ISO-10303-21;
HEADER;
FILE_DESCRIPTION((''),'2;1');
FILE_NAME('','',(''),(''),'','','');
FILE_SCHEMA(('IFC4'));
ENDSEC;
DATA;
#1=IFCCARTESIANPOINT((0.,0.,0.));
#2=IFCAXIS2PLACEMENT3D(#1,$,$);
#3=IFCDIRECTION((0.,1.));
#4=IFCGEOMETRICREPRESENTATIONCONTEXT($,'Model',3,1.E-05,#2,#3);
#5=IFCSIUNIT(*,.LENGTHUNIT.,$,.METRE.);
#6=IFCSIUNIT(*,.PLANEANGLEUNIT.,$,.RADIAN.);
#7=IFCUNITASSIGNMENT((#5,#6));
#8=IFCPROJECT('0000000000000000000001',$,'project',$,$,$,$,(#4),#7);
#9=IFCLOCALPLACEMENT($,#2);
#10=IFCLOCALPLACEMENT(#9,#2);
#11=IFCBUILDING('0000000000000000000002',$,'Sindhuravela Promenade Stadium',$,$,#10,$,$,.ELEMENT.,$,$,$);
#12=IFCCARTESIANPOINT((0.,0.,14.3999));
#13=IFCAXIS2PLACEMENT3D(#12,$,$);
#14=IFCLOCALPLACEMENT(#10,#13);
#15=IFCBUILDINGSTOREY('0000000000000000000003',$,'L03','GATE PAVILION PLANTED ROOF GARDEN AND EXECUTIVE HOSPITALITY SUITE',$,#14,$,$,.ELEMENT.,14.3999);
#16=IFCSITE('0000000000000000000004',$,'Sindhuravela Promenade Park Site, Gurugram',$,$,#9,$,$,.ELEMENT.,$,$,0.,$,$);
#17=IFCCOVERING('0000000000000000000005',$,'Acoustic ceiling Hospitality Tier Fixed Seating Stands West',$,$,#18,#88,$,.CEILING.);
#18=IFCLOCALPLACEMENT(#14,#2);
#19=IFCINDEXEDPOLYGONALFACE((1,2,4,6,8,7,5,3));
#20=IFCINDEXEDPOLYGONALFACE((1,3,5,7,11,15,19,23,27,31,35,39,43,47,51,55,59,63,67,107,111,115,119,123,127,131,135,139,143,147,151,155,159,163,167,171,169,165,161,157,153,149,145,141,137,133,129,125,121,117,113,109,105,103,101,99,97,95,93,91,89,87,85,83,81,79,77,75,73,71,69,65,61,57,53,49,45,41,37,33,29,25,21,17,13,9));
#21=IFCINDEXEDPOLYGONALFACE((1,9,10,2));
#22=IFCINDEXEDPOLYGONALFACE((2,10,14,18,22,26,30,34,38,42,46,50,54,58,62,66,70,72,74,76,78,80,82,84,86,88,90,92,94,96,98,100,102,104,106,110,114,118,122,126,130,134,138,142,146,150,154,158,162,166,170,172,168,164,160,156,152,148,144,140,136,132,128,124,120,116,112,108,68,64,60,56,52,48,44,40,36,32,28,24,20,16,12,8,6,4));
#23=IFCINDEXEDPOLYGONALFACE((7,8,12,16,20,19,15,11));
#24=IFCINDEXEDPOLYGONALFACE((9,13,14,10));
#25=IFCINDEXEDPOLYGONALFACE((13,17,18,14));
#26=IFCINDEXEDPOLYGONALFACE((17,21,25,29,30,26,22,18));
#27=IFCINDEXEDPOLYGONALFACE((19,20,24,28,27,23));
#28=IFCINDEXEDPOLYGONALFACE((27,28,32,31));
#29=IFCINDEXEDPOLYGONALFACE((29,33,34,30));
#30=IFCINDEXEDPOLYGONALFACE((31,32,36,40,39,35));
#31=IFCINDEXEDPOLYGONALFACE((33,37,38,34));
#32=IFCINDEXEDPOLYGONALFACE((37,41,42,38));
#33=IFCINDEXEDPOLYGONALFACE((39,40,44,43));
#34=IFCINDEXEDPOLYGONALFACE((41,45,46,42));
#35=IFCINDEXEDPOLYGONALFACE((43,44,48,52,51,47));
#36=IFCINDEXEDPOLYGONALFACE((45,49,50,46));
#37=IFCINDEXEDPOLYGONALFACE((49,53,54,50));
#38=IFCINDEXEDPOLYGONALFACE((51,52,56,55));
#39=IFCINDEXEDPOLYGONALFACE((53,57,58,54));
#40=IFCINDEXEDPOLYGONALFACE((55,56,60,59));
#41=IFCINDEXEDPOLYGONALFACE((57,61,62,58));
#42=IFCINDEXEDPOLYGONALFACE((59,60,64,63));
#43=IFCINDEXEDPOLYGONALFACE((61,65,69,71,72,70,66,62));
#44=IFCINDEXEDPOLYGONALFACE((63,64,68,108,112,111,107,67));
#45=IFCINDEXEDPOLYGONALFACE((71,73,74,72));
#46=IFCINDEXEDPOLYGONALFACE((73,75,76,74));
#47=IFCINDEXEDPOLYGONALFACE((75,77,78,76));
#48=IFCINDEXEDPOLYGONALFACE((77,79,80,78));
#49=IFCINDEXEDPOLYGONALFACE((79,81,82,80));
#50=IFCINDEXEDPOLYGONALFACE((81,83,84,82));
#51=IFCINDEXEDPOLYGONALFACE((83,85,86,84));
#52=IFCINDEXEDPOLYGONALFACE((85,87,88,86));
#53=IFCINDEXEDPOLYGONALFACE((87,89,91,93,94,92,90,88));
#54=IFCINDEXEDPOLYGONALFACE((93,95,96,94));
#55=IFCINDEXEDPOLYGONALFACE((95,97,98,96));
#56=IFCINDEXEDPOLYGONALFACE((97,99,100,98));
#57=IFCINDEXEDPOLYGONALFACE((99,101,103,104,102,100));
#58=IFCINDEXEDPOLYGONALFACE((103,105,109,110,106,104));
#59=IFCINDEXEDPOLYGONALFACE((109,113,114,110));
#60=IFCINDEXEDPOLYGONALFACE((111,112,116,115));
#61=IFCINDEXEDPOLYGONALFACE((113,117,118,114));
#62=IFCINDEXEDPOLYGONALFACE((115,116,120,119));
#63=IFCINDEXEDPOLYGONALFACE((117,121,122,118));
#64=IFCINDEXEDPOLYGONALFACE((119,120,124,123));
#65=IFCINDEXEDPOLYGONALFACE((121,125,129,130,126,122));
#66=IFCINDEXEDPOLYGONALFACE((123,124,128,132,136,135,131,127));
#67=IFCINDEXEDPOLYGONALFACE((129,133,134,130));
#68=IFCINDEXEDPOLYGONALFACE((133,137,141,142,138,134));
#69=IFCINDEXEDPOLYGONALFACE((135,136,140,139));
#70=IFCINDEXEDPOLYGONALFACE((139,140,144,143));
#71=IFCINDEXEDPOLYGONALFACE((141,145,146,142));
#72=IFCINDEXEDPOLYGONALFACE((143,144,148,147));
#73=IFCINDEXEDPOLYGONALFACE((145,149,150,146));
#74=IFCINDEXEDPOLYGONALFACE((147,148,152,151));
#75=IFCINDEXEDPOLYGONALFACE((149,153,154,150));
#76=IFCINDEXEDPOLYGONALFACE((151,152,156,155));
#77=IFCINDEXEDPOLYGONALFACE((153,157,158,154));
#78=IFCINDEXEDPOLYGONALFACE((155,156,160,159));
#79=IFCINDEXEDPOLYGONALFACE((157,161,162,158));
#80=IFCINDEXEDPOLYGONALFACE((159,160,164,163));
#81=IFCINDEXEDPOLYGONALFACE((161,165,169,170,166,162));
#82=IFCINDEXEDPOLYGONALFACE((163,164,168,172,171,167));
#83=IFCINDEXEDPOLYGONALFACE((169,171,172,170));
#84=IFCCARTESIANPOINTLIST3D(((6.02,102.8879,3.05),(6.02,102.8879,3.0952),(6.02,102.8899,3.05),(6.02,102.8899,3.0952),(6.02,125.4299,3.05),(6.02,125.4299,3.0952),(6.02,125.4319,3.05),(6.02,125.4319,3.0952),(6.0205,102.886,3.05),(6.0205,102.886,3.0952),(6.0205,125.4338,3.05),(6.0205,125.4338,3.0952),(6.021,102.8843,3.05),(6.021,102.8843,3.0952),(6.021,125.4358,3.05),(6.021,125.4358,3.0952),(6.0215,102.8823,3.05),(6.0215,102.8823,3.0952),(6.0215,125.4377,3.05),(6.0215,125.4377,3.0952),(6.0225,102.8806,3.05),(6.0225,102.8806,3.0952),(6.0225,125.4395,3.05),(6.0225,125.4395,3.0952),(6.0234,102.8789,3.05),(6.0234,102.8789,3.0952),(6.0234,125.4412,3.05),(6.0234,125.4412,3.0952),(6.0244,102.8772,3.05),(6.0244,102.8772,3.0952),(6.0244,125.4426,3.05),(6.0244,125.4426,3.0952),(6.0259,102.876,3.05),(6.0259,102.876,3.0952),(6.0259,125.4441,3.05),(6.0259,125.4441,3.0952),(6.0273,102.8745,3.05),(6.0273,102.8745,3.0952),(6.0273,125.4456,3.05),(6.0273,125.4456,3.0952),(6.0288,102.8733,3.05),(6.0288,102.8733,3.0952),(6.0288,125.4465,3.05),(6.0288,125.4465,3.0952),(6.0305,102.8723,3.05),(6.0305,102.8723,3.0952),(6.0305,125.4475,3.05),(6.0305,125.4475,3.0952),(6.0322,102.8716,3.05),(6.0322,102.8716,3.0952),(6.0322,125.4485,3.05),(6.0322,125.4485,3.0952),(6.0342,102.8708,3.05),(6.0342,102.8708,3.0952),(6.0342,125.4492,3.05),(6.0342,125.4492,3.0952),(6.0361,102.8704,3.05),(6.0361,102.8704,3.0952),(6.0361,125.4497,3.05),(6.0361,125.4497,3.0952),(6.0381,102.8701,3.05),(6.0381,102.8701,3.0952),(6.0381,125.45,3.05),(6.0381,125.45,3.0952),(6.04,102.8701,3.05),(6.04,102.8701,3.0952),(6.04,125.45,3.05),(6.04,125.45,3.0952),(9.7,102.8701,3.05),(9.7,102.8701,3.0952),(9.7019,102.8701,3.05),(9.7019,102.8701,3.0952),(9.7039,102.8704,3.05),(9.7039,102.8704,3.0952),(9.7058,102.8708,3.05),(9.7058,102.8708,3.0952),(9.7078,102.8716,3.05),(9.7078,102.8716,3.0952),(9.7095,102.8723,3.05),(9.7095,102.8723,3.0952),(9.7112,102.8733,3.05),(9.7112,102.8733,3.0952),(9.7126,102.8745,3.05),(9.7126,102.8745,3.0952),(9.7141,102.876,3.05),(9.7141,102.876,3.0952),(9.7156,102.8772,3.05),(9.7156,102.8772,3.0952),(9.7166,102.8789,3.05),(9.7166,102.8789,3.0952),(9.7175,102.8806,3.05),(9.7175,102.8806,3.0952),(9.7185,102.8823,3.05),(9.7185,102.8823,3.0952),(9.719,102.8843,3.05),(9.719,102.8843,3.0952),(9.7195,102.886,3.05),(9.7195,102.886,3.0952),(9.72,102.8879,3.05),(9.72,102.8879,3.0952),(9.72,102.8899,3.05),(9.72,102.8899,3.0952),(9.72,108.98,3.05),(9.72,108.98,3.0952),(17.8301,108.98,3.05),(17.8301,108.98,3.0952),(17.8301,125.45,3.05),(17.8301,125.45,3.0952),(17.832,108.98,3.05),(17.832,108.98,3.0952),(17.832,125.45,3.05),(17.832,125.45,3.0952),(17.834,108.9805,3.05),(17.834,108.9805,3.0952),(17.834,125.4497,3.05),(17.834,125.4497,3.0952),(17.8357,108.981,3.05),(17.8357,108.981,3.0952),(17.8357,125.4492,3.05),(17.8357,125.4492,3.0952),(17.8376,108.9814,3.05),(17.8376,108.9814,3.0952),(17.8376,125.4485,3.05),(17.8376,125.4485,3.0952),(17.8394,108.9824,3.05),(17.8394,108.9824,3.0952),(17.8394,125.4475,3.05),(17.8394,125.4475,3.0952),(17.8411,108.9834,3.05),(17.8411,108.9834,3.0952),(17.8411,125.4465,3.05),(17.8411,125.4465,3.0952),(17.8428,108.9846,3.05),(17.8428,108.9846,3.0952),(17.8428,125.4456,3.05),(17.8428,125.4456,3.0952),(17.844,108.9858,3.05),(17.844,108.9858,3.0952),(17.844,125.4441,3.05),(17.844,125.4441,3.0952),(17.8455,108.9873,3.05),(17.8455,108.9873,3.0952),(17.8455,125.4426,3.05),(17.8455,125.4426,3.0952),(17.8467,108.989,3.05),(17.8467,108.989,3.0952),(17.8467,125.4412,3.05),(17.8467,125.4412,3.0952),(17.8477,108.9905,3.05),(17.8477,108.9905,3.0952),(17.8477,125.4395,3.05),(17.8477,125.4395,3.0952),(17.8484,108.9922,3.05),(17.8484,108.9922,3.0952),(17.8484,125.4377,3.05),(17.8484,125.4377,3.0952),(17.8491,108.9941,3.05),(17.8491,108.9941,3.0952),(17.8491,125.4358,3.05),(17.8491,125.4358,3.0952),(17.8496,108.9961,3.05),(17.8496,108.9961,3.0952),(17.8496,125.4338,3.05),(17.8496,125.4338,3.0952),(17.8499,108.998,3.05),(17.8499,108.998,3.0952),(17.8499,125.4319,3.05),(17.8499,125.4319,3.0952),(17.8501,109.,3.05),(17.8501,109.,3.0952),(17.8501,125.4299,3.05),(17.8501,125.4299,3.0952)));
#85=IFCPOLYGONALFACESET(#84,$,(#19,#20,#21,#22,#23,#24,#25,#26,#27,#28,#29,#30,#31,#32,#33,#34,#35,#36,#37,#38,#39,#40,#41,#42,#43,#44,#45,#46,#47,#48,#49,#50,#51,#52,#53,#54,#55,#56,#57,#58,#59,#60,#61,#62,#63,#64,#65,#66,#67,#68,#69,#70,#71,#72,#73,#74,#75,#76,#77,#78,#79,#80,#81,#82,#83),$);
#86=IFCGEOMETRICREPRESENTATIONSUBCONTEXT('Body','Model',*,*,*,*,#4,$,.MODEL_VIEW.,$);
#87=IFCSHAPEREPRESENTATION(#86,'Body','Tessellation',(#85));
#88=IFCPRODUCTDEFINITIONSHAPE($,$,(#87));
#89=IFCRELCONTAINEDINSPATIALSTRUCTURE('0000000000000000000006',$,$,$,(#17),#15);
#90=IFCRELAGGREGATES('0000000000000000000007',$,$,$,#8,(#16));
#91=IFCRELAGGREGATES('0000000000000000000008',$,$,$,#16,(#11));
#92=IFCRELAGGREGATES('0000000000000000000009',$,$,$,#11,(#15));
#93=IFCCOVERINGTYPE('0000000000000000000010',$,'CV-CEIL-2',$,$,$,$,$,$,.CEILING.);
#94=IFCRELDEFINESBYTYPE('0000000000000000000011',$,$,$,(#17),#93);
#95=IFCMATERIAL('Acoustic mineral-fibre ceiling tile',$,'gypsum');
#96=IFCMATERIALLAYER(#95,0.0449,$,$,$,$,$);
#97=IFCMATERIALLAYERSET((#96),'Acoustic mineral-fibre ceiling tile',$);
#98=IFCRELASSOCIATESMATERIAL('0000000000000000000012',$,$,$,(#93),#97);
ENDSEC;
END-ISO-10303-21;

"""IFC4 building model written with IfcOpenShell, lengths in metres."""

from ifc_helpers import new_model, si_unit, direction, frame, origin, place, context, subcontext, project, spatial, polyline, outline, extrude, material, layer, layer_set, type_object, element, save


model = new_model("IFC4")

# Units and contexts
model_context = context("Model", 3, precision=1e-05, world=origin(), true_north=direction((0.0, 1.0)))
body_context = subcontext(model_context, "Body", "Model", "MODEL_VIEW")
ifc_project = project(units=[si_unit("LENGTHUNIT", "METRE"), si_unit("PLANEANGLEUNIT", "RADIAN")], contexts=[model_context])

# Site, building, storey
site_placement = place(None, origin())
site = spatial("IfcSite", under=ifc_project, at=site_placement, Name="Sindhuravela Promenade Park Site, Gurugram", CompositionType="ELEMENT", RefElevation=0.0)
building_placement = place(site_placement, origin())
building = spatial("IfcBuilding", under=site, at=building_placement, Name="Sindhuravela Promenade Stadium", CompositionType="ELEMENT")
storey_placement = place(building_placement, frame((0.0, 0.0, 14.3999)))
storey = spatial("IfcBuildingStorey", under=building, at=storey_placement, Name="L03", Description="GATE PAVILION PLANTED ROOF GARDEN AND EXECUTIVE HOSPITALITY SUITE", CompositionType="ELEMENT", Elevation=14.3999)

# Covering
ifc_material_1 = material(Name="Acoustic mineral-fibre ceiling tile", Category="gypsum")
ifc_layer_1 = layer(ifc_material_1, 0.0449)
ifc_layer_set_1 = layer_set([ifc_layer_1], Name="Acoustic mineral-fibre ceiling tile")
covering_type_1 = type_object("IfcCoveringType", Name="CV-CEIL-2", PredefinedType="CEILING", material=ifc_layer_set_1)
covering_1_placement = place(storey_placement, frame((0.0, 0.0, 3.05)))
element("IfcCovering", 1, at=covering_1_placement, inside=storey, type_object=covering_type_1, Name="Acoustic ceiling Hospitality Tier Fixed Seating Stands West", PredefinedType="CEILING", context=body_context, shape_type="SweptSolid", body=[
    extrude(outline(polyline([(9.72, 108.98), (9.72, 102.8899), (9.72, 102.8879), (9.7195, 102.886), (9.719, 102.8843), (9.7185, 102.8823), (9.7175, 102.8806), (9.7166, 102.8789), (9.7156, 102.8772), (9.7141, 102.876), (9.7126, 102.8745), (9.7112, 102.8733), (9.7095, 102.8723), (9.7078, 102.8716), (9.7058, 102.8708), (9.7039, 102.8704), (9.7019, 102.8701), (9.7, 102.8701), (6.04, 102.8701), (6.0381, 102.8701), (6.0361, 102.8704), (6.0342, 102.8708), (6.0322, 102.8716), (6.0305, 102.8723), (6.0288, 102.8733), (6.0273, 102.8745), (6.0259, 102.876), (6.0244, 102.8772), (6.0234, 102.8789), (6.0225, 102.8806), (6.0215, 102.8823), (6.021, 102.8843), (6.0205, 102.886), (6.02, 102.8879), (6.02, 102.8899), (6.02, 125.4299), (6.02, 125.4319), (6.0205, 125.4338), (6.021, 125.4358), (6.0215, 125.4377), (6.0225, 125.4395), (6.0234, 125.4412), (6.0244, 125.4426), (6.0259, 125.4441), (6.0273, 125.4456), (6.0288, 125.4465), (6.0305, 125.4475), (6.0322, 125.4485), (6.0342, 125.4492), (6.0361, 125.4497), (6.0381, 125.45), (6.04, 125.45), (17.8301, 125.45), (17.832, 125.45), (17.834, 125.4497), (17.8357, 125.4492), (17.8376, 125.4485), (17.8394, 125.4475), (17.8411, 125.4465), (17.8428, 125.4456), (17.844, 125.4441), (17.8455, 125.4426), (17.8467, 125.4412), (17.8477, 125.4395), (17.8484, 125.4377), (17.8491, 125.4358), (17.8496, 125.4338), (17.8499, 125.4319), (17.8501, 125.4299), (17.8501, 109.0), (17.8499, 108.998), (17.8496, 108.9961), (17.8491, 108.9941), (17.8484, 108.9922), (17.8477, 108.9905), (17.8467, 108.989), (17.8455, 108.9873), (17.844, 108.9858), (17.8428, 108.9846), (17.8411, 108.9834), (17.8394, 108.9824), (17.8376, 108.9814), (17.8357, 108.981), (17.834, 108.9805), (17.832, 108.98), (17.8301, 108.98), (9.72, 108.98)])), origin(), (0.0, 0.0, 1.0), 0.0452),
])

save(model, "model.ifc")
